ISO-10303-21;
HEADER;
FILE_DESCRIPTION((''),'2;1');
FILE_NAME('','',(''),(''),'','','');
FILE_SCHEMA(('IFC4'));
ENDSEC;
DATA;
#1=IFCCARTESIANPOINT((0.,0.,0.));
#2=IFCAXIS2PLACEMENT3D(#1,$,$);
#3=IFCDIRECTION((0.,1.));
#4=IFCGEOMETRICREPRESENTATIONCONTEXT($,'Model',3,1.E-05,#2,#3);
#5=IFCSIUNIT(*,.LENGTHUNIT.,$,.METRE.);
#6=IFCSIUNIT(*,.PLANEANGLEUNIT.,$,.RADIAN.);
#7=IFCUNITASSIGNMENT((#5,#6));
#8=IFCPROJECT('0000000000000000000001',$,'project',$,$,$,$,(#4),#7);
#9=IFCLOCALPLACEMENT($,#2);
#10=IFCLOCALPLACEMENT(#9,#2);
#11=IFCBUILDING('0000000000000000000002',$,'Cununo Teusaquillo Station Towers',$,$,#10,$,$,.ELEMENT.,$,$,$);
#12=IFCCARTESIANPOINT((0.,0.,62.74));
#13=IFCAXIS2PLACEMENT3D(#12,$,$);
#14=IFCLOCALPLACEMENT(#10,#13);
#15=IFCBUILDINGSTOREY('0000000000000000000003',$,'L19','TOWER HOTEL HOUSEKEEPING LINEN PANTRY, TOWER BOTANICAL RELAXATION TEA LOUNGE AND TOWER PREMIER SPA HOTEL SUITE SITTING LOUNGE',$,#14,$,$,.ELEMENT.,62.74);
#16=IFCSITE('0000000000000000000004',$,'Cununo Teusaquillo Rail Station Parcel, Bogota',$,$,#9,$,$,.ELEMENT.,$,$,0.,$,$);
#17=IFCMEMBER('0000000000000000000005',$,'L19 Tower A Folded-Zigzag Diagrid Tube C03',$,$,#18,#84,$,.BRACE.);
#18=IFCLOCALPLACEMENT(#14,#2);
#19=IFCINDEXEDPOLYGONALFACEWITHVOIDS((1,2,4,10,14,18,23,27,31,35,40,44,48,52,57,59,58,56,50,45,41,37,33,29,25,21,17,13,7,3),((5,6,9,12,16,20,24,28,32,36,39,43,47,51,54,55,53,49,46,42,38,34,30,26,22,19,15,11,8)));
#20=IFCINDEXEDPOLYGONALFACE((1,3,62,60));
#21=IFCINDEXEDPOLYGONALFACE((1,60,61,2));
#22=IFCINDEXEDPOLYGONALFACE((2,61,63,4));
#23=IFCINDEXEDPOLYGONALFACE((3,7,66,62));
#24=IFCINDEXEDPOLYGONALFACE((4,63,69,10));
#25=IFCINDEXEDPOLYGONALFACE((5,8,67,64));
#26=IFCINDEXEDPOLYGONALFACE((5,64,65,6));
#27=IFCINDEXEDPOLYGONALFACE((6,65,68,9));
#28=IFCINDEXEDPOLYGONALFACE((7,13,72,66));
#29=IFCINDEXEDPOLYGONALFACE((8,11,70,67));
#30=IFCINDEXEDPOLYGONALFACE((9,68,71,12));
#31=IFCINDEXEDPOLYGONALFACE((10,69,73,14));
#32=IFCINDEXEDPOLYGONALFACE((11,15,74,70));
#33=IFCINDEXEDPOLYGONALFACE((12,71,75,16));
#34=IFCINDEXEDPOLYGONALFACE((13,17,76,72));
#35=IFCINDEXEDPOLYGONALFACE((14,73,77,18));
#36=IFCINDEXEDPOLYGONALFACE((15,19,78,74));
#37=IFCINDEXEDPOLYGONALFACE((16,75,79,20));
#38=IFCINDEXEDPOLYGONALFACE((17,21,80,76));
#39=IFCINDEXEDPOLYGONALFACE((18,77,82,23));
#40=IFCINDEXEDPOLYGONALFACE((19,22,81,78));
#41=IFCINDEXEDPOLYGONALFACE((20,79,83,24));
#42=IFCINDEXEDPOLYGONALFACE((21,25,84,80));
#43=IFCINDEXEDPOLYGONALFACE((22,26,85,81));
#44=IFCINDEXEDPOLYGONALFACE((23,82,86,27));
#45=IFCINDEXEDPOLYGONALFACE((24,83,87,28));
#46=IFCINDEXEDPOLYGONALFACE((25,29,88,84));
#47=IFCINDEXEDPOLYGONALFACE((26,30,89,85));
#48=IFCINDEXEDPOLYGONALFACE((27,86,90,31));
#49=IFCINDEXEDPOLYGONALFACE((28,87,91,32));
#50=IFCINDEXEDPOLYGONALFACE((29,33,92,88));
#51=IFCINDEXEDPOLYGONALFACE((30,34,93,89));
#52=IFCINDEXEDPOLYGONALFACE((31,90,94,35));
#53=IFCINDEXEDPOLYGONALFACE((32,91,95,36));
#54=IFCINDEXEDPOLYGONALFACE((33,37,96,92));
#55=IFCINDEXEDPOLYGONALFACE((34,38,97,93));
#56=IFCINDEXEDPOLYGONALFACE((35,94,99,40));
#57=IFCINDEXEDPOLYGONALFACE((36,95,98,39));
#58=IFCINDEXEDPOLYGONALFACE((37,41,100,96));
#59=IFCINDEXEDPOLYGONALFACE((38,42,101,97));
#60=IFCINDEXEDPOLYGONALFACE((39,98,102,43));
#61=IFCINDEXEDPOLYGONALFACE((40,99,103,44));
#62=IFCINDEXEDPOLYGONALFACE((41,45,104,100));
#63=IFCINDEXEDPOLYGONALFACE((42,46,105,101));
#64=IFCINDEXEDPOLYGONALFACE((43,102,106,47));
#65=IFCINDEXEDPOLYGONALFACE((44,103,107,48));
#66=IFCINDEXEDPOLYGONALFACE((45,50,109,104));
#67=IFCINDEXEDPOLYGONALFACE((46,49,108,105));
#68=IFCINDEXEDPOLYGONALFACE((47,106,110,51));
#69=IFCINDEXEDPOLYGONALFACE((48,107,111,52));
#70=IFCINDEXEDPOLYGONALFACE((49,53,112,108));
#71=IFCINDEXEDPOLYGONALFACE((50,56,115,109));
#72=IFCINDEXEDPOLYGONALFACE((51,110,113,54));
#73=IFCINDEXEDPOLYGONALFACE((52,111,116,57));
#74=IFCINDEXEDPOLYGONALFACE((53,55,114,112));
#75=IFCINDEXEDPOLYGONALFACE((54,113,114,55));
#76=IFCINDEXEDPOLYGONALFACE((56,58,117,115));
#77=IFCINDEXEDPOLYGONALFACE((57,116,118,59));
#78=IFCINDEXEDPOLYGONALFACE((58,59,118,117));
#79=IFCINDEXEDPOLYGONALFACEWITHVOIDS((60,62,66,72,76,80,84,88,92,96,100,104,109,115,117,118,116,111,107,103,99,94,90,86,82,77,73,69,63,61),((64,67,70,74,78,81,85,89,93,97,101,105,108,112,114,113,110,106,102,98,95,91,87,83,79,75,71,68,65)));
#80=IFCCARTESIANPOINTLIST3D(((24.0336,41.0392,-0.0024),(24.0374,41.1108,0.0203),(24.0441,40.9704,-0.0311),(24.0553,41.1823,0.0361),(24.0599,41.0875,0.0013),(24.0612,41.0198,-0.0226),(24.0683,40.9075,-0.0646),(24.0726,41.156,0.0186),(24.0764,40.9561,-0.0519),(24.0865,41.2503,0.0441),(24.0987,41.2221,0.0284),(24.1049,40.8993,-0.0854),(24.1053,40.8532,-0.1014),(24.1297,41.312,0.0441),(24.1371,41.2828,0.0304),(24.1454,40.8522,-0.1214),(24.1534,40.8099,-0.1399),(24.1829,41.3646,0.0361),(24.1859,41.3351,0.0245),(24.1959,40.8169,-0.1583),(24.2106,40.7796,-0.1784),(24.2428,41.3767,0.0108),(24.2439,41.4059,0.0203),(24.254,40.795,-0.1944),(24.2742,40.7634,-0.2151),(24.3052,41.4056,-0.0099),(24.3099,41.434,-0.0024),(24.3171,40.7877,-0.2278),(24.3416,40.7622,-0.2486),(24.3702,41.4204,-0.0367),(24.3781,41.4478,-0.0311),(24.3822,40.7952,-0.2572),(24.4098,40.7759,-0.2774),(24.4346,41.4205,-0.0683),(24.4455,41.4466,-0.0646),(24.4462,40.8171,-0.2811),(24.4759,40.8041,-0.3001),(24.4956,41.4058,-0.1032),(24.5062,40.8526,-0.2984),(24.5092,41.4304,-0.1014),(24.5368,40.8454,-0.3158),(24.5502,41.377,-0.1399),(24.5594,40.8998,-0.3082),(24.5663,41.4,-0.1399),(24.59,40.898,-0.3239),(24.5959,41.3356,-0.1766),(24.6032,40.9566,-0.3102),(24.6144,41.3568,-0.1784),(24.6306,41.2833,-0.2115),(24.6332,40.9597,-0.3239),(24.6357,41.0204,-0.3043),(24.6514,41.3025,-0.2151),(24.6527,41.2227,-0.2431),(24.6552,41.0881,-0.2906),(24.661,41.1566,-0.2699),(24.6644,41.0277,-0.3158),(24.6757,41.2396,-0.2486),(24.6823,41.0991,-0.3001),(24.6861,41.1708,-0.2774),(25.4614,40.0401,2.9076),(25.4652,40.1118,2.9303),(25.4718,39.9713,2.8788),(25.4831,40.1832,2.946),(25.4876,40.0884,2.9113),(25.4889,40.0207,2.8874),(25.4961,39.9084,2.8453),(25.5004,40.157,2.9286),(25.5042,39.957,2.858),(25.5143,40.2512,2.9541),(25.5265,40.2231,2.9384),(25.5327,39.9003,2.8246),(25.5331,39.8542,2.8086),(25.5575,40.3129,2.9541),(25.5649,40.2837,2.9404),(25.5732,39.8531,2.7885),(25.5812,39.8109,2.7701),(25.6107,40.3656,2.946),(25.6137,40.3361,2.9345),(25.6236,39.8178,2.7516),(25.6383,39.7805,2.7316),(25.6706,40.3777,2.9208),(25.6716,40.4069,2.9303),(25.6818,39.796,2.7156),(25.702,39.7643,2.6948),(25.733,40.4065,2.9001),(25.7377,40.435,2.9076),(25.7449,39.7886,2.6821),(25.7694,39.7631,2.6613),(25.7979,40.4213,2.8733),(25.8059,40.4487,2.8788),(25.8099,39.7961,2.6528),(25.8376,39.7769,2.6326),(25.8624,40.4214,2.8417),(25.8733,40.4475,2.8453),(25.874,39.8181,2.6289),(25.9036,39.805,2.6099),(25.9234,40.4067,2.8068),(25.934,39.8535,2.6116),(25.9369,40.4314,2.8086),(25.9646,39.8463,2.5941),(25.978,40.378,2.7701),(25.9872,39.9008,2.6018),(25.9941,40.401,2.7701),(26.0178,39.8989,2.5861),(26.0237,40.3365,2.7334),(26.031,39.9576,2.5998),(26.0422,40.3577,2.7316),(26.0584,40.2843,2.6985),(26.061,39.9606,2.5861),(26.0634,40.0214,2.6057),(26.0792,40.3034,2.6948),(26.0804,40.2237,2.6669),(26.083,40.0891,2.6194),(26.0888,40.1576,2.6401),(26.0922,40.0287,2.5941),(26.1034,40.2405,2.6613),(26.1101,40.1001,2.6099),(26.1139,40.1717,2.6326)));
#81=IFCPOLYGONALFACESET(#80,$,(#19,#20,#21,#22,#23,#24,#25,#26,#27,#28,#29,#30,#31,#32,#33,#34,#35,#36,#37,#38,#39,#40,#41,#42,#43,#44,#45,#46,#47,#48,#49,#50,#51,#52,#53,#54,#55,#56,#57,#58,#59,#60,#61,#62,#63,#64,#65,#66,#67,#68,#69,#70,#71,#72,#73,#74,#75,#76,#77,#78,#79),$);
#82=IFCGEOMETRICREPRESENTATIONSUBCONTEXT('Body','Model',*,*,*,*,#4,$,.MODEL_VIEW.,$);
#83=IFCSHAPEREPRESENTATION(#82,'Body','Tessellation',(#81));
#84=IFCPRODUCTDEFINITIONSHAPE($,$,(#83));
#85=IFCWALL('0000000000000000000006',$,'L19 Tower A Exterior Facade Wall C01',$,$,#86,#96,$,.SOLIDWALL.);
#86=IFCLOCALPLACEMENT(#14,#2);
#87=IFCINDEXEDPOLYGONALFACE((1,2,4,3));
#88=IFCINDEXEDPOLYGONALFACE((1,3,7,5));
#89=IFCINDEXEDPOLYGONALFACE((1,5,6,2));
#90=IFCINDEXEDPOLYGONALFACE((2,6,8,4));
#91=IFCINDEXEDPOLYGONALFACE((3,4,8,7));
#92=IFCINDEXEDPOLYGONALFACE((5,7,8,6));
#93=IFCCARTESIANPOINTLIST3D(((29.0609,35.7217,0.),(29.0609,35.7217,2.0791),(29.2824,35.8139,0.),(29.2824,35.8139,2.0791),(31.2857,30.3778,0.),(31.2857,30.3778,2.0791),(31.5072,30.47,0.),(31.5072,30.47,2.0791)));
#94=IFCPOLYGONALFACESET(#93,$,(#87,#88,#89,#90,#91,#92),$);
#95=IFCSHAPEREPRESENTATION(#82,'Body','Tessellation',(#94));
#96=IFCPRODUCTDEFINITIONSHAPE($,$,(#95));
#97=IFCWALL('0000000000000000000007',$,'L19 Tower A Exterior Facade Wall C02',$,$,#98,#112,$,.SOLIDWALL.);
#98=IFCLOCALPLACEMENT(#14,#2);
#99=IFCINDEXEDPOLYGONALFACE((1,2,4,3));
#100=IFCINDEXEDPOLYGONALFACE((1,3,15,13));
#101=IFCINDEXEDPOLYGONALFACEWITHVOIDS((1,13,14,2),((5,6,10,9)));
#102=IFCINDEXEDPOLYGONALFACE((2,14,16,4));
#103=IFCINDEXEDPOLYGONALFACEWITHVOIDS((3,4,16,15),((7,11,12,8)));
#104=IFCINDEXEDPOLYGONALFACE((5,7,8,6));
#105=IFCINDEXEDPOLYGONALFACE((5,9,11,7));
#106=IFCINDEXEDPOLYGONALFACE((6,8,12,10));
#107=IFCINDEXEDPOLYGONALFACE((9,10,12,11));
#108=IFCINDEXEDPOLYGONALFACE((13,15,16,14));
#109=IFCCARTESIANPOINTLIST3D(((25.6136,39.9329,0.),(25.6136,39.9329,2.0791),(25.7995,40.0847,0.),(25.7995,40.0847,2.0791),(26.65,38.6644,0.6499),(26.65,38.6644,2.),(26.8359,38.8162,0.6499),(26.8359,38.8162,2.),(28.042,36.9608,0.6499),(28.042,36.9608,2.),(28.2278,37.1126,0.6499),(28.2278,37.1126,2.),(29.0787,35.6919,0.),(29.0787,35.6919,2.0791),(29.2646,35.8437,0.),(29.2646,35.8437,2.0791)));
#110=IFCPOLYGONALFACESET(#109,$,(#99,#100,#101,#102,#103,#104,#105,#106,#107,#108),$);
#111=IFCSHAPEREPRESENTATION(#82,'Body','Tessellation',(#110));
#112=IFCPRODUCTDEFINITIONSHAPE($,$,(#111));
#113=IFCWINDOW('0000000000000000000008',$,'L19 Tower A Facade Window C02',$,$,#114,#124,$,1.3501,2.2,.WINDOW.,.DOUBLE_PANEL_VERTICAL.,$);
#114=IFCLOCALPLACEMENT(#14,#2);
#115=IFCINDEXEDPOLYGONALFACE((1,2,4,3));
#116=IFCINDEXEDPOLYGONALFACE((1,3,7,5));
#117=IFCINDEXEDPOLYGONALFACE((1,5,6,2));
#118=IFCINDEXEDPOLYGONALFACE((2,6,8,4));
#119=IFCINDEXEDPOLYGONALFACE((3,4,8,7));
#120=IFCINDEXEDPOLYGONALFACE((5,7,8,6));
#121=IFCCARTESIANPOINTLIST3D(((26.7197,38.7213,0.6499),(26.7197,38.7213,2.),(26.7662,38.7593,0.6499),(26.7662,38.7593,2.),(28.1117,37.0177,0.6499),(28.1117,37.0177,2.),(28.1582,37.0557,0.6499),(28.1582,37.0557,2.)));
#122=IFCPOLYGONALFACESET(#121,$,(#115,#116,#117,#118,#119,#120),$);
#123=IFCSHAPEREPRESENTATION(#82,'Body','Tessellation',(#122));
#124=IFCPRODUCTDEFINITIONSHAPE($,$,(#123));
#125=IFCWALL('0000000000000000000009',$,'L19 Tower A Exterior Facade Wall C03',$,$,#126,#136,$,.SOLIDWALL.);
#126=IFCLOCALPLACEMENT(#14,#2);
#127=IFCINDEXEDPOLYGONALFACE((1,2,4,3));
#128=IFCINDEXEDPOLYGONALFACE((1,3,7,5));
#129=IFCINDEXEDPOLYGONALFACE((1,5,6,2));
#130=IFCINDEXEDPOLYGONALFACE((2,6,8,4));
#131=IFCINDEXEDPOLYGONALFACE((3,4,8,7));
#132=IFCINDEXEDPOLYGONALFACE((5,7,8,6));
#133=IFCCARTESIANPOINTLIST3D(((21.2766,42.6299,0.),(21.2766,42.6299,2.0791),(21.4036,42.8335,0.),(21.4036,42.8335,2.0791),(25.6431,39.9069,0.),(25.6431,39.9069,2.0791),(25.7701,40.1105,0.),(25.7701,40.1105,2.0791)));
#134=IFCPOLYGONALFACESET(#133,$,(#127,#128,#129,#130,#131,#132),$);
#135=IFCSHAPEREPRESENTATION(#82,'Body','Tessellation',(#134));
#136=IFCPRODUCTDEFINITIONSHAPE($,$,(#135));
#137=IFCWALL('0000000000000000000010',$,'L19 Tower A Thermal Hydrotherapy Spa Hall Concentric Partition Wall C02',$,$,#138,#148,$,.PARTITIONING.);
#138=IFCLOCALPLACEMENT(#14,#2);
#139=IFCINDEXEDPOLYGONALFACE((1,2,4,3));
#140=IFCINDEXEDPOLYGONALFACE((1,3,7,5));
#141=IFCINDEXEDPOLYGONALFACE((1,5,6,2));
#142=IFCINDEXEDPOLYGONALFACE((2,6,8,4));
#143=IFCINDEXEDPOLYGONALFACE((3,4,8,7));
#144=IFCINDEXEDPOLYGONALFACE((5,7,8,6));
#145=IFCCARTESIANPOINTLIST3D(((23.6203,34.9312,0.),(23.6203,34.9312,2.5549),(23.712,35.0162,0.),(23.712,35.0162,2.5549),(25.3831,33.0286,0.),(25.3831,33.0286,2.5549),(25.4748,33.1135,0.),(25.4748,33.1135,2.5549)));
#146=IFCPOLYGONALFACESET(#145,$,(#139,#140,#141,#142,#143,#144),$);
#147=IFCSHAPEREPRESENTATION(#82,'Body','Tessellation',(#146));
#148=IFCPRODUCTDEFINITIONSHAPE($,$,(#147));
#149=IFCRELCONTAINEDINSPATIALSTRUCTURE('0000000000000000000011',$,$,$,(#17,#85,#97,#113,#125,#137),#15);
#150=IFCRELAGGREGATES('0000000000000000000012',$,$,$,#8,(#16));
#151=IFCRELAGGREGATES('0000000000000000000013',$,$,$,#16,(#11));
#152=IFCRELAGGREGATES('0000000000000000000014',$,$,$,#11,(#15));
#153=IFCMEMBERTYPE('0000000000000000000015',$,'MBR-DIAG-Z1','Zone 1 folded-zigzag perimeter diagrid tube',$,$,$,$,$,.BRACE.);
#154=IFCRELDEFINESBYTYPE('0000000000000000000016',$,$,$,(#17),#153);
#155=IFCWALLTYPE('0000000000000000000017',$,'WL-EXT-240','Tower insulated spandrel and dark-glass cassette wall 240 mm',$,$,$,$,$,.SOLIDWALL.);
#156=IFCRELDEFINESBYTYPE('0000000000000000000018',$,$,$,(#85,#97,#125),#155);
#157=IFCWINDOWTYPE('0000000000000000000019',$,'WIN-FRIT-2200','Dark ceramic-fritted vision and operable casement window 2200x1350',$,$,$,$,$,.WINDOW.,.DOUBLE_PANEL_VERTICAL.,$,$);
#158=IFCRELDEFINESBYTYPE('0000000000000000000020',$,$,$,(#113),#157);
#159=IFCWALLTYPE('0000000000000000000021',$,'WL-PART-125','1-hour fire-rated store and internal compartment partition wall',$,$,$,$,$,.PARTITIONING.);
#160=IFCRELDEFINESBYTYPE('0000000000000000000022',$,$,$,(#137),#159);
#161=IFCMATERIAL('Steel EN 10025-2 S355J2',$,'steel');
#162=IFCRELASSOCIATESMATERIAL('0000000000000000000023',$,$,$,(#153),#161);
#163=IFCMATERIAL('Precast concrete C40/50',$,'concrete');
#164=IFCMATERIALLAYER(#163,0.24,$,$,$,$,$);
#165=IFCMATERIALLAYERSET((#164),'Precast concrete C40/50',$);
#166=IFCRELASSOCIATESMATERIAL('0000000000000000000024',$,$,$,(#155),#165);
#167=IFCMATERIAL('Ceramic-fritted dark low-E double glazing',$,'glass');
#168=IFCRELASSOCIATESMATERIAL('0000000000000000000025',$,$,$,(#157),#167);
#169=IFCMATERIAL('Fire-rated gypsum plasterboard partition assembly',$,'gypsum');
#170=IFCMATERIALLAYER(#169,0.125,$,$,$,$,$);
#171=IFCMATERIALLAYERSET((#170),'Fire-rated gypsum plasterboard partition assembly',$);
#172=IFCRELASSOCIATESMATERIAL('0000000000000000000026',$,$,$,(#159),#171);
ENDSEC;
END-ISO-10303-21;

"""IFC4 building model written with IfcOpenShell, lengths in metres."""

from ifc_helpers import new_model, si_unit, direction, frame, frame_2d, origin, origin_2d, place, context, subcontext, project, spatial, rectangle, hollow_circle, extrude, source, transform, mapped, material, layer, layer_set, material_profile, profile_set, type_object, element, fill, save


model = new_model("IFC4")

# Units and contexts
model_context = context("Model", 3, precision=1e-05, world=origin(), true_north=direction((0.0, 1.0)))
body_context = subcontext(model_context, "Body", "Model", "MODEL_VIEW")
ifc_project = project(units=[si_unit("LENGTHUNIT", "METRE"), si_unit("PLANEANGLEUNIT", "RADIAN")], contexts=[model_context])

# Site, building, storey
site_placement = place(None, origin())
site = spatial("IfcSite", under=ifc_project, at=site_placement, Name="Cununo Teusaquillo Rail Station Parcel, Bogota", CompositionType="ELEMENT", RefElevation=0.0)
building_placement = place(site_placement, origin())
building = spatial("IfcBuilding", under=site, at=building_placement, Name="Cununo Teusaquillo Station Towers", CompositionType="ELEMENT")
storey_placement = place(building_placement, frame((0.0, 0.0, 62.74)))
storey = spatial("IfcBuildingStorey", under=building, at=storey_placement, Name="L19", Description="TOWER HOTEL HOUSEKEEPING LINEN PANTRY, TOWER BOTANICAL RELAXATION TEA LOUNGE AND TOWER PREMIER SPA HOTEL SUITE SITTING LOUNGE", CompositionType="ELEMENT", Elevation=62.74)

# Member
ifc_material_1 = material(Name="Steel EN 10025-2 S355J2", Category="steel")
ifc_material_profile_1 = material_profile(ifc_material_1, hollow_circle(Radius=0.3601, WallThickness=0.0281, at=origin_2d()), Name="CHS 720x28")
ifc_profile_set_1 = profile_set([ifc_material_profile_1], Name="Steel EN 10025-2 S355J2")
member_type = type_object("IfcMemberType", Name="MBR-DIAG-Z1", Description="Zone 1 folded-zigzag perimeter diagrid tube", PredefinedType="BRACE", material=ifc_profile_set_1)
member_1_placement = place(storey_placement, frame((24.3599, 41.105, -0.1399), z_axis=(0.420942, -0.294544, 0.857935), x_axis=(0.573312, 0.819337, 0.0)))
element("IfcMember", 1, at=member_1_placement, inside=storey, type_object=member_type, Name="L19 Tower A Folded-Zigzag Diagrid Tube C03", PredefinedType="BRACE", context=body_context, shape_type="SweptSolid", body=[
    extrude(hollow_circle(Radius=0.3601, WallThickness=0.0281, at=origin_2d()), origin(), (0.0, 0.0, 1.0), 3.3918),
])

# Wall
ifc_material_2 = material(Name="Precast concrete C40/50", Category="concrete")
ifc_layer_1 = layer(ifc_material_2, 0.24)
ifc_layer_set_1 = layer_set([ifc_layer_1], Name="Precast concrete C40/50")
wall_type_1 = type_object("IfcWallType", Name="WL-EXT-240", Description="Tower insulated spandrel and dark-glass cassette wall 240 mm", PredefinedType="SOLIDWALL", material=ifc_layer_set_1)
wall_1_placement = place(storey_placement, frame((29.1716, 35.7678, 0.0), z_axis=(0.0, 0.0, 1.0), x_axis=(0.384349, -0.923188, 0.0)))
element("IfcWall", 2, at=wall_1_placement, inside=storey, type_object=wall_type_1, Name="L19 Tower A Exterior Facade Wall C01", PredefinedType="SOLIDWALL", context=body_context, shape_type="SweptSolid", body=[
    extrude(rectangle(XDim=5.7886, YDim=0.24, at=frame_2d((2.8943, 0.0))), origin(), (0.0, 0.0, 1.0), 2.0791),
])

# Wall, opening, window
wall_2_placement = place(storey_placement, frame((25.7065, 40.0088, 0.0), z_axis=(0.0, 0.0, 1.0), x_axis=(0.632713, -0.774386, 0.0)))
wall_2 = element("IfcWall", 3, at=wall_2_placement, inside=storey, type_object=wall_type_1, Name="L19 Tower A Exterior Facade Wall C02", PredefinedType="SOLIDWALL", context=body_context, shape_type="SweptSolid", body=[
    extrude(rectangle(XDim=5.4766, YDim=0.24, at=frame_2d((2.7383, 0.0))), origin(), (0.0, 0.0, 1.0), 2.0791),
])
shared_shape_1 = source(origin(), body_context, "Body", "SweptSolid", [
    extrude(rectangle(XDim=2.2, YDim=1.3501, at=frame_2d((1.1001, 0.675))), frame((0.0, 0.1299, 0.0), z_axis=(0.0, -1.0, 0.0), x_axis=(1.0, 0.0, 0.0)), (0.0, 0.0, 1.0), 0.26),
])
opening_1_placement = place(wall_2_placement, frame((1.6379, 0.0, 0.6499)))
opening_1 = element("IfcOpeningElement", 4, at=opening_1_placement, cuts=wall_2, PredefinedType="OPENING", context=body_context, shape_type="MappedRepresentation", body=[
    mapped(shared_shape_1, transform((0.0, 0.0, 0.0), x_axis=(1.0, 0.0, 0.0), y_axis=(0.0, 1.0, 0.0), z_axis=(0.0, 0.0, 1.0), scale=1.0)),
])
ifc_material_3 = material(Name="Ceramic-fritted dark low-E double glazing", Category="glass")
window_type = type_object("IfcWindowType", Name="WIN-FRIT-2200", Description="Dark ceramic-fritted vision and operable casement window 2200x1350", PartitioningType="DOUBLE_PANEL_VERTICAL", PredefinedType="WINDOW", material=ifc_material_3)
shared_shape_2 = source(origin(), body_context, "Body", "SweptSolid", [
    extrude(rectangle(XDim=2.2, YDim=1.3501, at=frame_2d((1.1001, 0.675))), frame((0.0, 0.03, 0.0), z_axis=(0.0, -1.0, 0.0), x_axis=(1.0, 0.0, 0.0)), (0.0, 0.0, 1.0), 0.0601),
])
window_placement = place(opening_1_placement, origin())
window = element("IfcWindow", 5, at=window_placement, inside=storey, type_object=window_type, Name="L19 Tower A Facade Window C02", OverallHeight=1.3501, OverallWidth=2.2, PartitioningType="DOUBLE_PANEL_VERTICAL", PredefinedType="WINDOW", context=body_context, shape_type="MappedRepresentation", body=[
    mapped(shared_shape_2, transform((0.0, 0.0, 0.0), x_axis=(1.0, 0.0, 0.0), y_axis=(0.0, 1.0, 0.0), z_axis=(0.0, 0.0, 1.0), scale=1.0)),
])
fill(opening_1, window)

# Walls
wall_3_placement = place(storey_placement, frame((21.3401, 42.7317, 0.0), z_axis=(0.0, 0.0, 1.0), x_axis=(0.848534, -0.529141, 0.0)))
element("IfcWall", 6, at=wall_3_placement, inside=storey, type_object=wall_type_1, Name="L19 Tower A Exterior Facade Wall C03", PredefinedType="SOLIDWALL", context=body_context, shape_type="SweptSolid", body=[
    extrude(rectangle(XDim=5.146, YDim=0.24, at=frame_2d((2.573, 0.0))), origin(), (0.0, 0.0, 1.0), 2.0791),
])
ifc_material_4 = material(Name="Fire-rated gypsum plasterboard partition assembly", Category="gypsum")
ifc_layer_2 = layer(ifc_material_4, 0.125)
ifc_layer_set_2 = layer_set([ifc_layer_2], Name="Fire-rated gypsum plasterboard partition assembly")
wall_type_2 = type_object("IfcWallType", Name="WL-PART-125", Description="1-hour fire-rated store and internal compartment partition wall", PredefinedType="PARTITIONING", material=ifc_layer_set_2)
wall_4_placement = place(storey_placement, frame((25.429, 33.071, 0.0), z_axis=(0.0, 0.0, 1.0), x_axis=(-0.679624, 0.733561, 0.0)))
element("IfcWall", 7, at=wall_4_placement, inside=storey, type_object=wall_type_2, Name="L19 Tower A Thermal Hydrotherapy Spa Hall Concentric Partition Wall C02", PredefinedType="PARTITIONING", context=body_context, shape_type="SweptSolid", body=[
    extrude(rectangle(XDim=2.5938, YDim=0.125, at=frame_2d((1.2969, 0.0))), origin(), (0.0, 0.0, 1.0), 2.5549),
])

save(model, "model.ifc")
